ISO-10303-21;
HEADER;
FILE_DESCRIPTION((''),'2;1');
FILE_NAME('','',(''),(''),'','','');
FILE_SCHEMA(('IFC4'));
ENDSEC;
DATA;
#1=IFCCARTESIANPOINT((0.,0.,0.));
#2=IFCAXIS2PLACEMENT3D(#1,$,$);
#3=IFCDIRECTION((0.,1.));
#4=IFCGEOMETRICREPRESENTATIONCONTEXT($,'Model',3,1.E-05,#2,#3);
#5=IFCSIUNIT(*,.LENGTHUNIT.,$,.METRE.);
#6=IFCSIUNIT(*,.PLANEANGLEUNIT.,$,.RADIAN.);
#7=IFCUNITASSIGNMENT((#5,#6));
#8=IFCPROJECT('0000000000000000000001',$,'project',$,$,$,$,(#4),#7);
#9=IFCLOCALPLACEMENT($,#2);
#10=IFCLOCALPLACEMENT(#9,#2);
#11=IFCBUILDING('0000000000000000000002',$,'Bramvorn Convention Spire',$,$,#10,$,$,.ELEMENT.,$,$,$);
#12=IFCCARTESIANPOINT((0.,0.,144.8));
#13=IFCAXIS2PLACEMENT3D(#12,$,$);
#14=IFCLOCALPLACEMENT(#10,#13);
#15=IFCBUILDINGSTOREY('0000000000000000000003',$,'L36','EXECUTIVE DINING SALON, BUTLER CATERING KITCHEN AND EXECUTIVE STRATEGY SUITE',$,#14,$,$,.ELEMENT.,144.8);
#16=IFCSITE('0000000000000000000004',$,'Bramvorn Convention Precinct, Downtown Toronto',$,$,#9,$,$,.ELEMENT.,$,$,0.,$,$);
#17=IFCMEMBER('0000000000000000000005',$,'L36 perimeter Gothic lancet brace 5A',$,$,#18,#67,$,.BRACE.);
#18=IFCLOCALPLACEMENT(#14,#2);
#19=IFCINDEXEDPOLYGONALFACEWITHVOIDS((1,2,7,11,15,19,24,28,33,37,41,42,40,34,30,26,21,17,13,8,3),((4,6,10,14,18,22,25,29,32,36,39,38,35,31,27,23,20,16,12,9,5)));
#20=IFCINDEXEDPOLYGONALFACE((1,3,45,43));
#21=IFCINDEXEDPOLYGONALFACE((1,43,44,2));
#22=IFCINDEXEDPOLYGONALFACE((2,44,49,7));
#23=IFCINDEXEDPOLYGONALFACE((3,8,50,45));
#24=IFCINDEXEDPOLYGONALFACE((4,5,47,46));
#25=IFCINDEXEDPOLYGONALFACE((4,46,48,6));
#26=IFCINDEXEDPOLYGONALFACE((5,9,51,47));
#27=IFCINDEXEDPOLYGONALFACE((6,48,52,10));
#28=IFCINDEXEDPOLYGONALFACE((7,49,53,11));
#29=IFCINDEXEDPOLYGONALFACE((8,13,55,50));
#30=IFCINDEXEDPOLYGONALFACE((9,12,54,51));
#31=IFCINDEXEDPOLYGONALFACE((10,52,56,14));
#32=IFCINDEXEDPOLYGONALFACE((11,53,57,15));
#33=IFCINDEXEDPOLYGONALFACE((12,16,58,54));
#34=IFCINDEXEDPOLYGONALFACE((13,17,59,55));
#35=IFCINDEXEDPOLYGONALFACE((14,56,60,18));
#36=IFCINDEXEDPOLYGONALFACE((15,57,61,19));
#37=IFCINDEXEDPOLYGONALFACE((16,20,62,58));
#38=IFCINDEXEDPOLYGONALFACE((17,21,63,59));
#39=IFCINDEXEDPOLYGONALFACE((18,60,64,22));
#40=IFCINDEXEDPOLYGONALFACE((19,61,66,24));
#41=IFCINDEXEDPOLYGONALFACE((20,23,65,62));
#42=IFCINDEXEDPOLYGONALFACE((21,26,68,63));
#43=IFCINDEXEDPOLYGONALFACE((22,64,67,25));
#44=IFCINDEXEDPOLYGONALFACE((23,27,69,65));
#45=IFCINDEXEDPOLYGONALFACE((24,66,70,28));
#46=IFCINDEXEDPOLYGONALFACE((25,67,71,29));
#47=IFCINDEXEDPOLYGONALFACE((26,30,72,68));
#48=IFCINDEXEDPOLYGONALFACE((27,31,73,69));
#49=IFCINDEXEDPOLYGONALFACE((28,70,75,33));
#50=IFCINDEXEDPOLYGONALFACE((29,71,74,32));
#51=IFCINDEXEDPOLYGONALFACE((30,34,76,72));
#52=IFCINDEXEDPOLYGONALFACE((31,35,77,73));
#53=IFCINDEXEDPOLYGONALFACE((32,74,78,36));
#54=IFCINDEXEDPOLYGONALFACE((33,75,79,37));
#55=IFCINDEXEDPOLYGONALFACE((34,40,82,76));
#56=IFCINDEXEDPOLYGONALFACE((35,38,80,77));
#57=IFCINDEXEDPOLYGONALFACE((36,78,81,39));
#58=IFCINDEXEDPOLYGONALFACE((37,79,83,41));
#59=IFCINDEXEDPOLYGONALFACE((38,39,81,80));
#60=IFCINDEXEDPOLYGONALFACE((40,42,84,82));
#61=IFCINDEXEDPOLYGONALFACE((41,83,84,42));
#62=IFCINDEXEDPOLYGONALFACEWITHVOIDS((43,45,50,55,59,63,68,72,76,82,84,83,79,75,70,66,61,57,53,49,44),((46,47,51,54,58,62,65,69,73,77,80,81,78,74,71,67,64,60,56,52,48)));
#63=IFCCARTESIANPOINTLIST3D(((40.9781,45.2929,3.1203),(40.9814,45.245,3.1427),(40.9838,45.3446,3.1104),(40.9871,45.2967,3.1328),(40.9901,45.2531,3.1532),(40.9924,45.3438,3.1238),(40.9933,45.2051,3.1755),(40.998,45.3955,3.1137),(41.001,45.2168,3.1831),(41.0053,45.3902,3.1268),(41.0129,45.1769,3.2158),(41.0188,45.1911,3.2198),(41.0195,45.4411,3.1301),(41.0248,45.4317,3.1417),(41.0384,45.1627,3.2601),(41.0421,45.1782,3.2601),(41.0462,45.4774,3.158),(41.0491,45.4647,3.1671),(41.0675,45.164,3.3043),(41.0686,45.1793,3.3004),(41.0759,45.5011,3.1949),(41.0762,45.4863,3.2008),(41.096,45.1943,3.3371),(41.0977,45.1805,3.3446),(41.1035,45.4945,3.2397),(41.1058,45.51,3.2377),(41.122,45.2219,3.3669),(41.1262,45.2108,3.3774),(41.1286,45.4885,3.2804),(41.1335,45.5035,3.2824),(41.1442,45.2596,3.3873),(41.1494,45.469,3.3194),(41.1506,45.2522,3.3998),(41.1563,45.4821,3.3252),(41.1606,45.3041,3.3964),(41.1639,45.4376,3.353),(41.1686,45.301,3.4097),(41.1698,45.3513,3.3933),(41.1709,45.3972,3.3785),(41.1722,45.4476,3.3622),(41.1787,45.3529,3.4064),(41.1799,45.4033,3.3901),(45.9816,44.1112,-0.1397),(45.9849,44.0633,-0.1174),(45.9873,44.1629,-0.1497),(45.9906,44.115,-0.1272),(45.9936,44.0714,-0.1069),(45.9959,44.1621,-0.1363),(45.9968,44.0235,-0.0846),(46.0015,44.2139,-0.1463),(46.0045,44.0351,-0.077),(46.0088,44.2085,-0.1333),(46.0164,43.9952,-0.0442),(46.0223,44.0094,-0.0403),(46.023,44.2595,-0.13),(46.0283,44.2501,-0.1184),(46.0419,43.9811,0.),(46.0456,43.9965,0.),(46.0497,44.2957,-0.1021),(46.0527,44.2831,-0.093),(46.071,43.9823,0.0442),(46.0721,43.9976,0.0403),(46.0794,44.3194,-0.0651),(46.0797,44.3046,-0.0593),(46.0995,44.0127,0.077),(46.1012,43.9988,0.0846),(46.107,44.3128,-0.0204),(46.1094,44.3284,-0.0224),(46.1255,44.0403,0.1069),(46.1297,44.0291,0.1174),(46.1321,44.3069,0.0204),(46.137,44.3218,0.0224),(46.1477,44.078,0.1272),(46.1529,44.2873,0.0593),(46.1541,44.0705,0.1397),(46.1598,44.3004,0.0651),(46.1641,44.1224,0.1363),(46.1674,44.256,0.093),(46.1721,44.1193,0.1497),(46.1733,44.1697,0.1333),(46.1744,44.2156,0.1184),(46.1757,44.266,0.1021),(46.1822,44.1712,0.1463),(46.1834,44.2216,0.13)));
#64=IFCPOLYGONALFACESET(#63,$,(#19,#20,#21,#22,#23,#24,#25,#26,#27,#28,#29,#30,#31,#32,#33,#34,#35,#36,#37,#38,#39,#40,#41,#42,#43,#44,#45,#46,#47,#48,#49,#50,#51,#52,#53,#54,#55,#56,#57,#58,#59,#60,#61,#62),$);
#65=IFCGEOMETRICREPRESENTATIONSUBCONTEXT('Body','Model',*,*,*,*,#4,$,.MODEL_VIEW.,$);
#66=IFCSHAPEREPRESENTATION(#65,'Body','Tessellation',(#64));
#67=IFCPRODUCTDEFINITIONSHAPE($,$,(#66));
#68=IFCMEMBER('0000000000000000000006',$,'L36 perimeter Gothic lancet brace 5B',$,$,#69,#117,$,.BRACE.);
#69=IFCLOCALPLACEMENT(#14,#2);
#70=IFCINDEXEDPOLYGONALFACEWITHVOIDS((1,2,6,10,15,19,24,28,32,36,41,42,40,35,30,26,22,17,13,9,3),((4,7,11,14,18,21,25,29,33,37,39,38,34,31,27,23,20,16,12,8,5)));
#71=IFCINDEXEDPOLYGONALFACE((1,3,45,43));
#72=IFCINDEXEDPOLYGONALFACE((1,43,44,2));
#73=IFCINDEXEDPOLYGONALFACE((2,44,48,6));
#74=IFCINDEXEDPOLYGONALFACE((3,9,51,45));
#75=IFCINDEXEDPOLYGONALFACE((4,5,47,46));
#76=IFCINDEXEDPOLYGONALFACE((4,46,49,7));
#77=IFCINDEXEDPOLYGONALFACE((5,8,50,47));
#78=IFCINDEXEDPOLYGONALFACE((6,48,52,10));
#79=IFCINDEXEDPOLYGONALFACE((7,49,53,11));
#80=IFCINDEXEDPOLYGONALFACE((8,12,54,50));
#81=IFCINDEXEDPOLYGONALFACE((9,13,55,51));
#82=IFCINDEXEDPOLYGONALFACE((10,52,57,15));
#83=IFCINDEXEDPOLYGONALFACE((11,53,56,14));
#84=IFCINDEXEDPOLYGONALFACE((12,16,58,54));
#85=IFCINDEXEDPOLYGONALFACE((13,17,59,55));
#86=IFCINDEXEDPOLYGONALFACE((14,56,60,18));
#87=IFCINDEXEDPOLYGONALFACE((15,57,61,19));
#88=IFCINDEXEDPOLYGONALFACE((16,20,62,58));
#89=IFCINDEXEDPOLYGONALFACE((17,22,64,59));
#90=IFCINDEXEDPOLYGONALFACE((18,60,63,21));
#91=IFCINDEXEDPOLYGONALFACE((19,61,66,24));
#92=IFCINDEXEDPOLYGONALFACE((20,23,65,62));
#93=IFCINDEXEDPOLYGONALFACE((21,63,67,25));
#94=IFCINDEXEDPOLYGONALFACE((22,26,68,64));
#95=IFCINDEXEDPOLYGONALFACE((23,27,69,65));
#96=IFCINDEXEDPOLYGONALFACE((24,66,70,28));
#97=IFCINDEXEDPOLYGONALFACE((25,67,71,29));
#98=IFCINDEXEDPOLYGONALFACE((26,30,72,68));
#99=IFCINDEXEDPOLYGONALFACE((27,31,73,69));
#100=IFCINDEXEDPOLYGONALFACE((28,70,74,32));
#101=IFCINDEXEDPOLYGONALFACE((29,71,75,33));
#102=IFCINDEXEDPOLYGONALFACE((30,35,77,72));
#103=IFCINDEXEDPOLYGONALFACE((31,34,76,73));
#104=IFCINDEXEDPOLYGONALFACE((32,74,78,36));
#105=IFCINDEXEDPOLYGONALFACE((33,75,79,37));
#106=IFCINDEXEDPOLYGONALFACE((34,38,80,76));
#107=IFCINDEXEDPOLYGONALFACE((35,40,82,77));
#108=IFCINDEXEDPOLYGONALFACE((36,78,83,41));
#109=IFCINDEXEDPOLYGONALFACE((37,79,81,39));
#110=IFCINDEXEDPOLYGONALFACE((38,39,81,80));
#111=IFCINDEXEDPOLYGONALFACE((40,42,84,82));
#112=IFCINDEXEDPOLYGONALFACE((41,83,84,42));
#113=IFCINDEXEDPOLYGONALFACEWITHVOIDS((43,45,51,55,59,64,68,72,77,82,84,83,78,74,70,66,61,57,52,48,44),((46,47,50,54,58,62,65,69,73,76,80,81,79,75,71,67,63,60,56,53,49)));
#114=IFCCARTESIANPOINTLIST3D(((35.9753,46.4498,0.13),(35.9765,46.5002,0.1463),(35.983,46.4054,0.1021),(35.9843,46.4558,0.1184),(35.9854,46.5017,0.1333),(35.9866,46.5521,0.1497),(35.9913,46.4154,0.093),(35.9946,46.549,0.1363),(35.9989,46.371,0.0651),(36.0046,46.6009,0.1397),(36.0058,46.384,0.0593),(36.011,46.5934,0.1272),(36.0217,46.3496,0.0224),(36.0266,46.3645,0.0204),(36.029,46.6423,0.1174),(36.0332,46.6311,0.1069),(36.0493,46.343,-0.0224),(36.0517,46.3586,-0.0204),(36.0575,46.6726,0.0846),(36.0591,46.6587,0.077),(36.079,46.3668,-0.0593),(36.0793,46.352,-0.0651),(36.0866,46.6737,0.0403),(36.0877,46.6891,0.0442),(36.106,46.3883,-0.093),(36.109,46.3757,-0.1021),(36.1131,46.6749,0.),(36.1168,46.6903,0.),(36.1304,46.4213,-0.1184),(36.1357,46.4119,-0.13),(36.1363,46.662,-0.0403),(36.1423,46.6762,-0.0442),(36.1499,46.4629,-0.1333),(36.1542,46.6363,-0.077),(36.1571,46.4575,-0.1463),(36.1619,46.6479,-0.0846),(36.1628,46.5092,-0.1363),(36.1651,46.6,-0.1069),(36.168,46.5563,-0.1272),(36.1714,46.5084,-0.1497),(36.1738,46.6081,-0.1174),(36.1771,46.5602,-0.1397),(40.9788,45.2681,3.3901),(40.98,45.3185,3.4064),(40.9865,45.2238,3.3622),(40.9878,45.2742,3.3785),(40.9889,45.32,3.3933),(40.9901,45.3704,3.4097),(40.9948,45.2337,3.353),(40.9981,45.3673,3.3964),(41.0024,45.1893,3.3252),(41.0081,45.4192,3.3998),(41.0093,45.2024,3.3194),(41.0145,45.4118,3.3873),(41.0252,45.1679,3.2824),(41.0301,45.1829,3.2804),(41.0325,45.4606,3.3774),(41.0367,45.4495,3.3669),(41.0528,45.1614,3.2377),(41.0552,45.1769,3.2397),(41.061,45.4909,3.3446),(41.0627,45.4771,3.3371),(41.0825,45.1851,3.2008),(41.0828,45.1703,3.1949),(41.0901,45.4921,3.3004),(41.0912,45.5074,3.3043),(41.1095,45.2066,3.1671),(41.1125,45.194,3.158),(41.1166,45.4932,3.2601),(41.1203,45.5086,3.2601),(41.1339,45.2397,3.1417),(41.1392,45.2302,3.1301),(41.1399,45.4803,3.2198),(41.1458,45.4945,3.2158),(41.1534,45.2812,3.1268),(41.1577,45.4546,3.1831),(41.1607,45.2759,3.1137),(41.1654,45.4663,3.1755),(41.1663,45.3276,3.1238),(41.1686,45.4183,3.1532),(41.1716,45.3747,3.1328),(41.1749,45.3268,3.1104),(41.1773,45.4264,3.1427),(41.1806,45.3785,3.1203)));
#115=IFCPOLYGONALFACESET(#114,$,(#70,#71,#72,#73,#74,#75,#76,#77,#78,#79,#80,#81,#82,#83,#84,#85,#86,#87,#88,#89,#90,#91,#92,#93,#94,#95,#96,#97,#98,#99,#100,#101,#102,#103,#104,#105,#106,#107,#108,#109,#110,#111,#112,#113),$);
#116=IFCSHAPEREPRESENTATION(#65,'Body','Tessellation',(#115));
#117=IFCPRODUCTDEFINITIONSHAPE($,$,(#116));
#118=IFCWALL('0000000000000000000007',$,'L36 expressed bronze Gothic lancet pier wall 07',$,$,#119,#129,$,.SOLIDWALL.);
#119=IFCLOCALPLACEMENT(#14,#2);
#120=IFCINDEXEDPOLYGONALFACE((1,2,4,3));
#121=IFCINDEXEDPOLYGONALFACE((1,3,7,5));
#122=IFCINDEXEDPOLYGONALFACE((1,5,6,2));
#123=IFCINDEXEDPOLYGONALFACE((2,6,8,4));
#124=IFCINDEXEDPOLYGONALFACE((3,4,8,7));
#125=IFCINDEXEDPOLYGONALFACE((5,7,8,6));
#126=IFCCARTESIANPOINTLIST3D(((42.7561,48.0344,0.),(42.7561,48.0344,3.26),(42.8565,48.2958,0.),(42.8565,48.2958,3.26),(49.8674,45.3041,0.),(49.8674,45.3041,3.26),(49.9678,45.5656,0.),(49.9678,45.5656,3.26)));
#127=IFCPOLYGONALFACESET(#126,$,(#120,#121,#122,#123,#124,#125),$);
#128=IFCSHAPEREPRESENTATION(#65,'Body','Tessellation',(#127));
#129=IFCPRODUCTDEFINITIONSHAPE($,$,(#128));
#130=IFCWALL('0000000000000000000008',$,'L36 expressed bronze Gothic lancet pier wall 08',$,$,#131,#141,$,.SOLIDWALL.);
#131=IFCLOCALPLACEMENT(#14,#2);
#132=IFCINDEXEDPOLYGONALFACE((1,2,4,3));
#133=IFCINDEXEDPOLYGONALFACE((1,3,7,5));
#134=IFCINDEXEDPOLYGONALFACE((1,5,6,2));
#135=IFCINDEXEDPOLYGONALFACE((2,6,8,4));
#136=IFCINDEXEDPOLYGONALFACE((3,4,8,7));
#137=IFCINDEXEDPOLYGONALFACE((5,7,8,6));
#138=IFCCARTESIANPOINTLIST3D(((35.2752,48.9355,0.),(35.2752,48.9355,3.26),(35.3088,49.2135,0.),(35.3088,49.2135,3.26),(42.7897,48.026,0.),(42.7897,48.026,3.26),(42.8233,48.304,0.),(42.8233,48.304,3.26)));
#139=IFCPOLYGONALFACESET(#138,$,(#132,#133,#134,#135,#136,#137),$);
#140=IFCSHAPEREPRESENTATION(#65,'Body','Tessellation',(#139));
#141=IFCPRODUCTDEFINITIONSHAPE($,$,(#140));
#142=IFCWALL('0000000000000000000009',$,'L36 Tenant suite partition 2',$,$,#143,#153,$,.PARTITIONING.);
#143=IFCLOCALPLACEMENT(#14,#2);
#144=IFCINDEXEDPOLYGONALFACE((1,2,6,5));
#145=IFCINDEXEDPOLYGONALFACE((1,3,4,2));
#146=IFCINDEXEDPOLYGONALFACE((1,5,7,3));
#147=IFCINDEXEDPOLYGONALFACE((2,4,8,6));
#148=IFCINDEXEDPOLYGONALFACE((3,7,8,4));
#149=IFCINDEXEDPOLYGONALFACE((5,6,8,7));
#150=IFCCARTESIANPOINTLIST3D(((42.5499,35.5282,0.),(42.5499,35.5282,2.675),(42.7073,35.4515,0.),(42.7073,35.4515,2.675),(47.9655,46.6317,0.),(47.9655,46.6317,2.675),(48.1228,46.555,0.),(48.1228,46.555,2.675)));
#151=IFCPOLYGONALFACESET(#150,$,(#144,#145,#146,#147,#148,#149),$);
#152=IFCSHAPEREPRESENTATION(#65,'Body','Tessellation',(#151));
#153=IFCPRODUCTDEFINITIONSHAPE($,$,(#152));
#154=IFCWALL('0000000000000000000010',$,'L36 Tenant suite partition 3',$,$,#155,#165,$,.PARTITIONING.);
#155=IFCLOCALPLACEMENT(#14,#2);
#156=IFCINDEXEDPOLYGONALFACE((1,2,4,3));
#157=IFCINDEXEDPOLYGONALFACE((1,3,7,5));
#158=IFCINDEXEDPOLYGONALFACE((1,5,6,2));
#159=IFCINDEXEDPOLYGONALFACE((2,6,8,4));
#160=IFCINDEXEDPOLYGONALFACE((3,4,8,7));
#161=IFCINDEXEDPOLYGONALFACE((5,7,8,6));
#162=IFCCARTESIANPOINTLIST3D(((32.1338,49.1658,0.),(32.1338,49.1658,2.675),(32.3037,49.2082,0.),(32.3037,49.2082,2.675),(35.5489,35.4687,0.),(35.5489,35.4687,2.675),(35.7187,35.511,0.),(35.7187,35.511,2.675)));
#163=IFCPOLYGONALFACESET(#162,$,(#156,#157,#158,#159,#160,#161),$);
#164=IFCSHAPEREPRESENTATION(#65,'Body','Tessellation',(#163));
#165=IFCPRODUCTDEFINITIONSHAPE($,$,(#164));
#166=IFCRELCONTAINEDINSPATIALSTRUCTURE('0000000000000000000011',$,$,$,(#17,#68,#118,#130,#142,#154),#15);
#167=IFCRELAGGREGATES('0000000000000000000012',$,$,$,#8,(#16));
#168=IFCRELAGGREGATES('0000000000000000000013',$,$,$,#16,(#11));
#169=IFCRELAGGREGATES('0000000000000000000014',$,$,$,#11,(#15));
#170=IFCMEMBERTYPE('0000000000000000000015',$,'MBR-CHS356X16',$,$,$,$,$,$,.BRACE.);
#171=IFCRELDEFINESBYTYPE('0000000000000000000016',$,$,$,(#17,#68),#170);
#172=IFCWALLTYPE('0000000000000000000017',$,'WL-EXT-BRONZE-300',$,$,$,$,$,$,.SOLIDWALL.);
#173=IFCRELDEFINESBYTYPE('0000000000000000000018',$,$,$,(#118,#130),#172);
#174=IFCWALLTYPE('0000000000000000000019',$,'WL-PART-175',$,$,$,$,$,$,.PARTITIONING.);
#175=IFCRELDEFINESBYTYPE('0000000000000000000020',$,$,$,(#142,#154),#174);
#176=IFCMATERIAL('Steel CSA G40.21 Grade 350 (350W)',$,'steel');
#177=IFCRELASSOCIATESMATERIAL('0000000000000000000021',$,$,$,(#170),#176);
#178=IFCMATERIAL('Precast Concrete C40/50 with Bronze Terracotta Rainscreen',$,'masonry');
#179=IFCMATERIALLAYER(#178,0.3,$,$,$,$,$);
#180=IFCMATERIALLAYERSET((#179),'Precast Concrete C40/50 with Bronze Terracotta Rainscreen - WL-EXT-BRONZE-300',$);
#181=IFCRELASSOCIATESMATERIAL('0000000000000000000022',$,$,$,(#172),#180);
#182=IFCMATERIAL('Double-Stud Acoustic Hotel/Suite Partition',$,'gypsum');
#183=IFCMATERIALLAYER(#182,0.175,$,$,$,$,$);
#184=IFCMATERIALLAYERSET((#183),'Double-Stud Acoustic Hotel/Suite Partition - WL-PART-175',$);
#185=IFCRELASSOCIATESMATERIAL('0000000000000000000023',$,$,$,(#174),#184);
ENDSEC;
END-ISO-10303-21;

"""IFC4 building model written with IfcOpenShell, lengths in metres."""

from ifc_helpers import new_model, si_unit, direction, frame, frame_2d, origin, origin_2d, place, context, subcontext, project, spatial, rectangle, hollow_circle, extrude, material, layer, layer_set, material_profile, profile_set, type_object, element, save


model = new_model("IFC4")

# Units and contexts
model_context = context("Model", 3, precision=1e-05, world=origin(), true_north=direction((0.0, 1.0)))
body_context = subcontext(model_context, "Body", "Model", "MODEL_VIEW")
ifc_project = project(units=[si_unit("LENGTHUNIT", "METRE"), si_unit("PLANEANGLEUNIT", "RADIAN")], contexts=[model_context])

# Site, building, storey
site_placement = place(None, origin())
site = spatial("IfcSite", under=ifc_project, at=site_placement, Name="Bramvorn Convention Precinct, Downtown Toronto", CompositionType="ELEMENT", RefElevation=0.0)
building_placement = place(site_placement, origin())
building = spatial("IfcBuilding", under=site, at=building_placement, Name="Bramvorn Convention Spire", CompositionType="ELEMENT")
storey_placement = place(building_placement, frame((0.0, 0.0, 144.8)))
storey = spatial("IfcBuildingStorey", under=building, at=storey_placement, Name="L36", Description="EXECUTIVE DINING SALON, BUTLER CATERING KITCHEN AND EXECUTIVE STRATEGY SUITE", CompositionType="ELEMENT", Elevation=144.8)

# Shared definitions
ifc_material_1 = material(Name="Steel CSA G40.21 Grade 350 (350W)", Category="steel")

# Members
ifc_material_profile_1 = material_profile(ifc_material_1, hollow_circle(Radius=0.1777, WallThickness=0.0159, at=origin_2d()))
ifc_profile_set_1 = profile_set([ifc_material_profile_1], Name="Steel CSA G40.21 Grade 350 (350W) - CHS356X16")
member_type = type_object("IfcMemberType", Name="MBR-CHS356X16", PredefinedType="BRACE", material=ifc_profile_set_1)
for number, where, z_axis, x_axis, name in (
    (1, (46.0828, 44.1541, 0.0), (-0.821911, 0.194108, 0.535522), (-0.229844, -0.973228, 0.0), "L36 perimeter Gothic lancet brace 5A"),
    (2, (36.0759, 46.5173, 0.0), (0.821911, -0.194108, 0.535522), (0.229844, 0.973228, 0.0), "L36 perimeter Gothic lancet brace 5B"),
):
    element("IfcMember", number, at=place(storey_placement, frame(where, z_axis=z_axis, x_axis=x_axis)), inside=storey, type_object=member_type, Name=name, PredefinedType="BRACE", context=body_context, shape_type="SweptSolid", body=[
        extrude(hollow_circle(Radius=0.1777, WallThickness=0.0159, at=origin_2d()), origin(), (0.0, 0.0, 1.0), 6.0876),
    ])

# Walls
ifc_material_2 = material(Name="Precast Concrete C40/50 with Bronze Terracotta Rainscreen", Category="masonry")
ifc_layer_1 = layer(ifc_material_2, 0.3)
ifc_layer_set_1 = layer_set([ifc_layer_1], Name="Precast Concrete C40/50 with Bronze Terracotta Rainscreen - WL-EXT-BRONZE-300")
wall_type_1 = type_object("IfcWallType", Name="WL-EXT-BRONZE-300", PredefinedType="SOLIDWALL", material=ifc_layer_set_1)
wall_1_placement = place(storey_placement, frame((42.8064, 48.165, 0.0), z_axis=(0.0, 0.0, 1.0), x_axis=(0.933561, -0.358418, 0.0)))
element("IfcWall", 3, at=wall_1_placement, inside=storey, type_object=wall_type_1, Name="L36 expressed bronze Gothic lancet pier wall 07", PredefinedType="SOLIDWALL", context=body_context, shape_type="SweptSolid", body=[
    extrude(rectangle(XDim=7.6174, YDim=0.28, at=frame_2d((3.8086, 0.0))), origin(), (0.0, 0.0, 1.0), 3.26),
])
wall_2_placement = place(storey_placement, frame((35.292, 49.0745, 0.0), z_axis=(0.0, 0.0, 1.0), x_axis=(0.992756, -0.120147, 0.0)))
element("IfcWall", 4, at=wall_2_placement, inside=storey, type_object=wall_type_1, Name="L36 expressed bronze Gothic lancet pier wall 08", PredefinedType="SOLIDWALL", context=body_context, shape_type="SweptSolid", body=[
    extrude(rectangle(XDim=7.5693, YDim=0.28, at=frame_2d((3.7847, 0.0))), origin(), (0.0, 0.0, 1.0), 3.26),
])
ifc_material_3 = material(Name="Double-Stud Acoustic Hotel/Suite Partition", Category="gypsum")
ifc_layer_2 = layer(ifc_material_3, 0.175)
ifc_layer_set_2 = layer_set([ifc_layer_2], Name="Double-Stud Acoustic Hotel/Suite Partition - WL-PART-175")
wall_type_2 = type_object("IfcWallType", Name="WL-PART-175", PredefinedType="PARTITIONING", material=ifc_layer_set_2)
wall_3_placement = place(storey_placement, frame((42.6287, 35.49, 0.0), z_axis=(0.0, 0.0, 1.0), x_axis=(0.43837, 0.898795, 0.0)))
element("IfcWall", 5, at=wall_3_placement, inside=storey, type_object=wall_type_2, Name="L36 Tenant suite partition 2", PredefinedType="PARTITIONING", context=body_context, shape_type="SweptSolid", body=[
    extrude(rectangle(XDim=12.3538, YDim=0.175, at=frame_2d((6.1768, 0.0))), origin(), (0.0, 0.0, 1.0), 2.675),
])
wall_4_placement = place(storey_placement, frame((35.6338, 35.49, 0.0), z_axis=(0.0, 0.0, 1.0), x_axis=(-0.241921, 0.970296, 0.0)))
element("IfcWall", 6, at=wall_4_placement, inside=storey, type_object=wall_type_2, Name="L36 Tenant suite partition 3", PredefinedType="PARTITIONING", context=body_context, shape_type="SweptSolid", body=[
    extrude(rectangle(XDim=14.1165, YDim=0.175, at=frame_2d((7.0581, 0.0))), origin(), (0.0, 0.0, 1.0), 2.675),
])

save(model, "model.ifc")
